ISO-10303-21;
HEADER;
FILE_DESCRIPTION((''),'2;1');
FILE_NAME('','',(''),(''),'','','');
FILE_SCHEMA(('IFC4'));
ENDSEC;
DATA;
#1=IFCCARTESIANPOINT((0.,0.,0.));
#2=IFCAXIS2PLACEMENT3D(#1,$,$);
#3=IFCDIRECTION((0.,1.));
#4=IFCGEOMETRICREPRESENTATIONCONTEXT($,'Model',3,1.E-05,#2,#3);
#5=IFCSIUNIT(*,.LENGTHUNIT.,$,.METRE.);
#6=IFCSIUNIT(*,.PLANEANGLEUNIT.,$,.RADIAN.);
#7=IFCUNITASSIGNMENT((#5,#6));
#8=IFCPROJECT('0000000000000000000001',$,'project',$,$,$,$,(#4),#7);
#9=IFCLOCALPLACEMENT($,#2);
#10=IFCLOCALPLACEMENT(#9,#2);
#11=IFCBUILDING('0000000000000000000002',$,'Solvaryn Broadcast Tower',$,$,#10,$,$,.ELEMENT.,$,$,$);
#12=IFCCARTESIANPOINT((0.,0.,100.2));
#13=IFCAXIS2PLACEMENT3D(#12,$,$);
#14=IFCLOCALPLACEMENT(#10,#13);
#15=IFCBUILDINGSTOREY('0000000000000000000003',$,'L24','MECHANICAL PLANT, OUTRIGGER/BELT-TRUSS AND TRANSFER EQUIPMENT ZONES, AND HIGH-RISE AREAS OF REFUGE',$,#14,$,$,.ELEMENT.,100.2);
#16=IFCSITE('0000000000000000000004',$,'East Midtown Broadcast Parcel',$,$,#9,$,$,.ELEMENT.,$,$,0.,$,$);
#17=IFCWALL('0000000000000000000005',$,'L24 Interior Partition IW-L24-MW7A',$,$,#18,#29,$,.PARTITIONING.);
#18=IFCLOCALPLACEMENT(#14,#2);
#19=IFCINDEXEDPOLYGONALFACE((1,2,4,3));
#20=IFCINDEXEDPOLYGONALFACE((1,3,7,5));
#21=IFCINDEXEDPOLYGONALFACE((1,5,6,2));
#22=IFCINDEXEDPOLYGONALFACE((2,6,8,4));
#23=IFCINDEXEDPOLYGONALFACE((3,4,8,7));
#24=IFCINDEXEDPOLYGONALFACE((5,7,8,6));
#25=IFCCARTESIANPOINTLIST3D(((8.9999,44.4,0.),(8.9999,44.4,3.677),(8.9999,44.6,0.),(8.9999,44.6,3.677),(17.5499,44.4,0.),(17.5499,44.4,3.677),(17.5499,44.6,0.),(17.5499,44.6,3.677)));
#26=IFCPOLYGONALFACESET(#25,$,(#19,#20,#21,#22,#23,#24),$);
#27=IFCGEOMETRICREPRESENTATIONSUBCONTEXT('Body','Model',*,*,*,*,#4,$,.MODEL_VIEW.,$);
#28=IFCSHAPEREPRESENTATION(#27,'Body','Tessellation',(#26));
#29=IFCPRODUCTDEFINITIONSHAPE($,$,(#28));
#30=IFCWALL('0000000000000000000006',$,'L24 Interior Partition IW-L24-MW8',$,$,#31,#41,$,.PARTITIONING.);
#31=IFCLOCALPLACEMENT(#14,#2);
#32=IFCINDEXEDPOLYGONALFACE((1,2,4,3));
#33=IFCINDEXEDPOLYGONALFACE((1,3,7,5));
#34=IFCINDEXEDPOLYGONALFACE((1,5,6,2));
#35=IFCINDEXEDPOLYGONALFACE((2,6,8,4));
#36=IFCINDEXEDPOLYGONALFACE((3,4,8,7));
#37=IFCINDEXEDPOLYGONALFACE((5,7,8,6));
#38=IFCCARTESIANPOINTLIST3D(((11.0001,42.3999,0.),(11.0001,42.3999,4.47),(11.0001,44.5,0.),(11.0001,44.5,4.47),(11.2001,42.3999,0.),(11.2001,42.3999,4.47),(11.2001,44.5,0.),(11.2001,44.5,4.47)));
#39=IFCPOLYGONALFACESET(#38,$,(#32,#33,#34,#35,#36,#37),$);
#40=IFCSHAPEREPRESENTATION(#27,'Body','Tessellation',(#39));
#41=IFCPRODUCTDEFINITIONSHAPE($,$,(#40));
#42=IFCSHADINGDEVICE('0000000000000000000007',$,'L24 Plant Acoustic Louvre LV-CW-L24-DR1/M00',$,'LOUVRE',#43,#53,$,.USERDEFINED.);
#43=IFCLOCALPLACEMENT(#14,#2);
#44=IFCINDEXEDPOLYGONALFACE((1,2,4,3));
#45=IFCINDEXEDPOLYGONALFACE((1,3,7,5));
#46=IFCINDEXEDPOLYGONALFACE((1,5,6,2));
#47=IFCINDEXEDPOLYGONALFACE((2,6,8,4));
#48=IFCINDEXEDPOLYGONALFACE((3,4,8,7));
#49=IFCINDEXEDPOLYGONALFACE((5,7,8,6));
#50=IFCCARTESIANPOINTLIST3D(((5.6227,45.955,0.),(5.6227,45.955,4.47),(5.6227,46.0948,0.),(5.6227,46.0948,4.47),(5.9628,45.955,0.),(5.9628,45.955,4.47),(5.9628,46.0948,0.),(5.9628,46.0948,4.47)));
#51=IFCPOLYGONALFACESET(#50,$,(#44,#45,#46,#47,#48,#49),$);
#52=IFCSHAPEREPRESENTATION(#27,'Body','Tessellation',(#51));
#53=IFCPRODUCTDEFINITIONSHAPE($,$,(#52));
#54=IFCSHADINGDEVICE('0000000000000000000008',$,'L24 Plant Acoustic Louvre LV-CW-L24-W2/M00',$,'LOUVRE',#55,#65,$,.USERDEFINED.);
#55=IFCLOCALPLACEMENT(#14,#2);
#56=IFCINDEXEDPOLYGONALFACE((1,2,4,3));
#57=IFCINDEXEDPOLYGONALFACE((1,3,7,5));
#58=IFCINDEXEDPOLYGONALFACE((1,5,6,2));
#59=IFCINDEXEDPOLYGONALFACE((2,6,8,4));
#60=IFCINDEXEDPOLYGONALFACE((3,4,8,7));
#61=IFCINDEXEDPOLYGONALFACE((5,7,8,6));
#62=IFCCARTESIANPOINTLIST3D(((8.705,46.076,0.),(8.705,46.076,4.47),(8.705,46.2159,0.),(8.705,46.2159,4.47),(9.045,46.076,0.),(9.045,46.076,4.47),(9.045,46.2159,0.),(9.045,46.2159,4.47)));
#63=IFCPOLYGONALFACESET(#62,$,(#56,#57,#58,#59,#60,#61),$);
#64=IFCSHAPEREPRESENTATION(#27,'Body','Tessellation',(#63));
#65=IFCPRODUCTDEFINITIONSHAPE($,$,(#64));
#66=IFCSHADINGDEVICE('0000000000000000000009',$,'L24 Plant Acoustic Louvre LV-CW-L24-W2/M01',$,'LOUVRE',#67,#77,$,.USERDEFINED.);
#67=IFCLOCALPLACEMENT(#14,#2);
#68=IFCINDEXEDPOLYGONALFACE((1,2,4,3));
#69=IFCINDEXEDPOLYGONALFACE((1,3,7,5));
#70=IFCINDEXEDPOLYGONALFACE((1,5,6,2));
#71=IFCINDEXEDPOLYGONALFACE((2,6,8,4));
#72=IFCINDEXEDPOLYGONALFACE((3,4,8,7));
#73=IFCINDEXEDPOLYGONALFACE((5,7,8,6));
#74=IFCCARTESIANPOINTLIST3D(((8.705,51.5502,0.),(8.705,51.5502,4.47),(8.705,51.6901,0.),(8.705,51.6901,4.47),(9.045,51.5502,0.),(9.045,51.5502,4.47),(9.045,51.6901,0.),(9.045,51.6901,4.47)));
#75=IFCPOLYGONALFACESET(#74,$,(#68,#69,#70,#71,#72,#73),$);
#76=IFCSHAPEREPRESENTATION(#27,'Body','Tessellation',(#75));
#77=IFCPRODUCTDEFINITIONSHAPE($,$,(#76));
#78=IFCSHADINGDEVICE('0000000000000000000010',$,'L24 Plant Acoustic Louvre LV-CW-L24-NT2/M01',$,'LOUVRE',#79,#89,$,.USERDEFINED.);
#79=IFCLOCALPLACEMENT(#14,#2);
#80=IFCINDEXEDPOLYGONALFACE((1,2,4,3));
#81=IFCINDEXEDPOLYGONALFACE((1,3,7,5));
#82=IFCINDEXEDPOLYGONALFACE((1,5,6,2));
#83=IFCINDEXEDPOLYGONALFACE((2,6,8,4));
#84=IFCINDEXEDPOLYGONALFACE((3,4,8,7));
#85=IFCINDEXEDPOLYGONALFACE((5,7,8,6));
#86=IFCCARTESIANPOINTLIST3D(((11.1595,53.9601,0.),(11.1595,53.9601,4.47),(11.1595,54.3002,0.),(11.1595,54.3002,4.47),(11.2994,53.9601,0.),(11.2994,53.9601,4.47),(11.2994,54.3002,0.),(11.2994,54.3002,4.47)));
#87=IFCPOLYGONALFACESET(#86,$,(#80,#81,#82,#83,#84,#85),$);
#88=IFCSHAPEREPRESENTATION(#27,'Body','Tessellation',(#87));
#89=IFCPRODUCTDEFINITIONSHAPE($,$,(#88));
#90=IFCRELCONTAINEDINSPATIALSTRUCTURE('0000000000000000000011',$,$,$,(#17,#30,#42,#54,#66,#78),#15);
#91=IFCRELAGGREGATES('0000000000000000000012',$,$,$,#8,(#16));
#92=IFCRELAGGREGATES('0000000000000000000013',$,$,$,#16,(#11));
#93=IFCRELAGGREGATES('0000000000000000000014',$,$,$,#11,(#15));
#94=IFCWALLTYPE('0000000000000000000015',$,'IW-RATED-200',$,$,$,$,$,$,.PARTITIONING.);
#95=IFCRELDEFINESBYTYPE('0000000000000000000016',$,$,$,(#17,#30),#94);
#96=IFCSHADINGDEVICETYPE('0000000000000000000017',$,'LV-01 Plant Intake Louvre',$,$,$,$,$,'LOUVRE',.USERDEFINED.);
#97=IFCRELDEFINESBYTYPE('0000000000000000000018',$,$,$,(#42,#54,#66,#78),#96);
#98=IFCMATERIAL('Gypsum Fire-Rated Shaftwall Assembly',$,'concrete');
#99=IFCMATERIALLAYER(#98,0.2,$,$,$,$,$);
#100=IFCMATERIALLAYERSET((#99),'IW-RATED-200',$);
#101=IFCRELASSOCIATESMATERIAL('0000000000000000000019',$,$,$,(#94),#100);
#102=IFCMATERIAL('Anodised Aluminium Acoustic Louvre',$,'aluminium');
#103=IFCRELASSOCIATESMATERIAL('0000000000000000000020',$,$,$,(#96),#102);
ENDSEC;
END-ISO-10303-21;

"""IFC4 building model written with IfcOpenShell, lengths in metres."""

from ifc_helpers import new_model, si_unit, direction, frame, frame_2d, origin, origin_2d, place, context, subcontext, project, spatial, rectangle, extrude, material, layer, layer_set, type_object, element, save


model = new_model("IFC4")

# Units and contexts
model_context = context("Model", 3, precision=1e-05, world=origin(), true_north=direction((0.0, 1.0)))
body_context = subcontext(model_context, "Body", "Model", "MODEL_VIEW")
ifc_project = project(units=[si_unit("LENGTHUNIT", "METRE"), si_unit("PLANEANGLEUNIT", "RADIAN")], contexts=[model_context])

# Site, building, storey
site_placement = place(None, origin())
site = spatial("IfcSite", under=ifc_project, at=site_placement, Name="East Midtown Broadcast Parcel", CompositionType="ELEMENT", RefElevation=0.0)
building_placement = place(site_placement, origin())
building = spatial("IfcBuilding", under=site, at=building_placement, Name="Solvaryn Broadcast Tower", CompositionType="ELEMENT")
storey_placement = place(building_placement, frame((0.0, 0.0, 100.2)))
storey = spatial("IfcBuildingStorey", under=building, at=storey_placement, Name="L24", Description="MECHANICAL PLANT, OUTRIGGER/BELT-TRUSS AND TRANSFER EQUIPMENT ZONES, AND HIGH-RISE AREAS OF REFUGE", CompositionType="ELEMENT", Elevation=100.2)

# Walls
ifc_material_1 = material(Name="Gypsum Fire-Rated Shaftwall Assembly", Category="concrete")
ifc_layer_1 = layer(ifc_material_1, 0.2)
ifc_layer_set_1 = layer_set([ifc_layer_1], Name="IW-RATED-200")
wall_type_1 = type_object("IfcWallType", Name="IW-RATED-200", PredefinedType="PARTITIONING", material=ifc_layer_set_1)
wall_1_placement = place(storey_placement, frame((9.0, 44.5, 0.0), z_axis=(0.0, 0.0, 1.0), x_axis=(1.0, 0.0, 0.0)))
element("IfcWall", 1, at=wall_1_placement, inside=storey, type_object=wall_type_1, Name="L24 Interior Partition IW-L24-MW7A", PredefinedType="PARTITIONING", context=body_context, shape_type="SweptSolid", body=[
    extrude(rectangle(XDim=8.55, YDim=0.2, at=frame_2d((4.2749, 0.0))), origin(), (0.0, 0.0, 1.0), 3.677),
])
wall_2_placement = place(storey_placement, frame((11.1001, 42.3999, 0.0), z_axis=(0.0, 0.0, 1.0), x_axis=(0.0, 1.0, 0.0)))
element("IfcWall", 2, at=wall_2_placement, inside=storey, type_object=wall_type_1, Name="L24 Interior Partition IW-L24-MW8", PredefinedType="PARTITIONING", context=body_context, shape_type="SweptSolid", body=[
    extrude(rectangle(XDim=2.1001, YDim=0.2, at=frame_2d((1.05, 0.0))), origin(), (0.0, 0.0, 1.0), 4.47),
])

# Shading devices
ifc_material_2 = material(Name="Anodised Aluminium Acoustic Louvre", Category="aluminium")
shading_device_type = type_object("IfcShadingDeviceType", Name="LV-01 Plant Intake Louvre", ElementType="LOUVRE", PredefinedType="USERDEFINED", material=ifc_material_2)
for number, where, z_axis, x_axis, name in (
    (3, (5.7927, 46.0249, 0.0), (0.0, 0.0, 1.0), (1.0, 0.0, 0.0), "L24 Plant Acoustic Louvre LV-CW-L24-DR1/M00"),
    (4, (8.875, 46.146, 0.0), (0.0, 0.0, 1.0), (1.0, 0.0, 0.0), "L24 Plant Acoustic Louvre LV-CW-L24-W2/M00"),
    (5, (8.875, 51.6201, 0.0), (0.0, 0.0, 1.0), (1.0, 0.0, 0.0), "L24 Plant Acoustic Louvre LV-CW-L24-W2/M01"),
):
    element("IfcShadingDevice", number, at=place(storey_placement, frame(where, z_axis=z_axis, x_axis=x_axis)), inside=storey, type_object=shading_device_type, Name=name, ObjectType="LOUVRE", PredefinedType="USERDEFINED", context=body_context, shape_type="SweptSolid", body=[
        extrude(rectangle(XDim=0.3401, YDim=0.1399, at=origin_2d()), origin(), (0.0, 0.0, 1.0), 4.47),
    ])
shading_device_placement = place(storey_placement, frame((11.2295, 54.1301, 0.0), z_axis=(0.0, 0.0, 1.0), x_axis=(1.0, 0.0, 0.0)))
element("IfcShadingDevice", 6, at=shading_device_placement, inside=storey, type_object=shading_device_type, Name="L24 Plant Acoustic Louvre LV-CW-L24-NT2/M01", ObjectType="LOUVRE", PredefinedType="USERDEFINED", context=body_context, shape_type="SweptSolid", body=[
    extrude(rectangle(XDim=0.1399, YDim=0.3401, at=origin_2d()), origin(), (0.0, 0.0, 1.0), 4.47),
])

save(model, "model.ifc")
